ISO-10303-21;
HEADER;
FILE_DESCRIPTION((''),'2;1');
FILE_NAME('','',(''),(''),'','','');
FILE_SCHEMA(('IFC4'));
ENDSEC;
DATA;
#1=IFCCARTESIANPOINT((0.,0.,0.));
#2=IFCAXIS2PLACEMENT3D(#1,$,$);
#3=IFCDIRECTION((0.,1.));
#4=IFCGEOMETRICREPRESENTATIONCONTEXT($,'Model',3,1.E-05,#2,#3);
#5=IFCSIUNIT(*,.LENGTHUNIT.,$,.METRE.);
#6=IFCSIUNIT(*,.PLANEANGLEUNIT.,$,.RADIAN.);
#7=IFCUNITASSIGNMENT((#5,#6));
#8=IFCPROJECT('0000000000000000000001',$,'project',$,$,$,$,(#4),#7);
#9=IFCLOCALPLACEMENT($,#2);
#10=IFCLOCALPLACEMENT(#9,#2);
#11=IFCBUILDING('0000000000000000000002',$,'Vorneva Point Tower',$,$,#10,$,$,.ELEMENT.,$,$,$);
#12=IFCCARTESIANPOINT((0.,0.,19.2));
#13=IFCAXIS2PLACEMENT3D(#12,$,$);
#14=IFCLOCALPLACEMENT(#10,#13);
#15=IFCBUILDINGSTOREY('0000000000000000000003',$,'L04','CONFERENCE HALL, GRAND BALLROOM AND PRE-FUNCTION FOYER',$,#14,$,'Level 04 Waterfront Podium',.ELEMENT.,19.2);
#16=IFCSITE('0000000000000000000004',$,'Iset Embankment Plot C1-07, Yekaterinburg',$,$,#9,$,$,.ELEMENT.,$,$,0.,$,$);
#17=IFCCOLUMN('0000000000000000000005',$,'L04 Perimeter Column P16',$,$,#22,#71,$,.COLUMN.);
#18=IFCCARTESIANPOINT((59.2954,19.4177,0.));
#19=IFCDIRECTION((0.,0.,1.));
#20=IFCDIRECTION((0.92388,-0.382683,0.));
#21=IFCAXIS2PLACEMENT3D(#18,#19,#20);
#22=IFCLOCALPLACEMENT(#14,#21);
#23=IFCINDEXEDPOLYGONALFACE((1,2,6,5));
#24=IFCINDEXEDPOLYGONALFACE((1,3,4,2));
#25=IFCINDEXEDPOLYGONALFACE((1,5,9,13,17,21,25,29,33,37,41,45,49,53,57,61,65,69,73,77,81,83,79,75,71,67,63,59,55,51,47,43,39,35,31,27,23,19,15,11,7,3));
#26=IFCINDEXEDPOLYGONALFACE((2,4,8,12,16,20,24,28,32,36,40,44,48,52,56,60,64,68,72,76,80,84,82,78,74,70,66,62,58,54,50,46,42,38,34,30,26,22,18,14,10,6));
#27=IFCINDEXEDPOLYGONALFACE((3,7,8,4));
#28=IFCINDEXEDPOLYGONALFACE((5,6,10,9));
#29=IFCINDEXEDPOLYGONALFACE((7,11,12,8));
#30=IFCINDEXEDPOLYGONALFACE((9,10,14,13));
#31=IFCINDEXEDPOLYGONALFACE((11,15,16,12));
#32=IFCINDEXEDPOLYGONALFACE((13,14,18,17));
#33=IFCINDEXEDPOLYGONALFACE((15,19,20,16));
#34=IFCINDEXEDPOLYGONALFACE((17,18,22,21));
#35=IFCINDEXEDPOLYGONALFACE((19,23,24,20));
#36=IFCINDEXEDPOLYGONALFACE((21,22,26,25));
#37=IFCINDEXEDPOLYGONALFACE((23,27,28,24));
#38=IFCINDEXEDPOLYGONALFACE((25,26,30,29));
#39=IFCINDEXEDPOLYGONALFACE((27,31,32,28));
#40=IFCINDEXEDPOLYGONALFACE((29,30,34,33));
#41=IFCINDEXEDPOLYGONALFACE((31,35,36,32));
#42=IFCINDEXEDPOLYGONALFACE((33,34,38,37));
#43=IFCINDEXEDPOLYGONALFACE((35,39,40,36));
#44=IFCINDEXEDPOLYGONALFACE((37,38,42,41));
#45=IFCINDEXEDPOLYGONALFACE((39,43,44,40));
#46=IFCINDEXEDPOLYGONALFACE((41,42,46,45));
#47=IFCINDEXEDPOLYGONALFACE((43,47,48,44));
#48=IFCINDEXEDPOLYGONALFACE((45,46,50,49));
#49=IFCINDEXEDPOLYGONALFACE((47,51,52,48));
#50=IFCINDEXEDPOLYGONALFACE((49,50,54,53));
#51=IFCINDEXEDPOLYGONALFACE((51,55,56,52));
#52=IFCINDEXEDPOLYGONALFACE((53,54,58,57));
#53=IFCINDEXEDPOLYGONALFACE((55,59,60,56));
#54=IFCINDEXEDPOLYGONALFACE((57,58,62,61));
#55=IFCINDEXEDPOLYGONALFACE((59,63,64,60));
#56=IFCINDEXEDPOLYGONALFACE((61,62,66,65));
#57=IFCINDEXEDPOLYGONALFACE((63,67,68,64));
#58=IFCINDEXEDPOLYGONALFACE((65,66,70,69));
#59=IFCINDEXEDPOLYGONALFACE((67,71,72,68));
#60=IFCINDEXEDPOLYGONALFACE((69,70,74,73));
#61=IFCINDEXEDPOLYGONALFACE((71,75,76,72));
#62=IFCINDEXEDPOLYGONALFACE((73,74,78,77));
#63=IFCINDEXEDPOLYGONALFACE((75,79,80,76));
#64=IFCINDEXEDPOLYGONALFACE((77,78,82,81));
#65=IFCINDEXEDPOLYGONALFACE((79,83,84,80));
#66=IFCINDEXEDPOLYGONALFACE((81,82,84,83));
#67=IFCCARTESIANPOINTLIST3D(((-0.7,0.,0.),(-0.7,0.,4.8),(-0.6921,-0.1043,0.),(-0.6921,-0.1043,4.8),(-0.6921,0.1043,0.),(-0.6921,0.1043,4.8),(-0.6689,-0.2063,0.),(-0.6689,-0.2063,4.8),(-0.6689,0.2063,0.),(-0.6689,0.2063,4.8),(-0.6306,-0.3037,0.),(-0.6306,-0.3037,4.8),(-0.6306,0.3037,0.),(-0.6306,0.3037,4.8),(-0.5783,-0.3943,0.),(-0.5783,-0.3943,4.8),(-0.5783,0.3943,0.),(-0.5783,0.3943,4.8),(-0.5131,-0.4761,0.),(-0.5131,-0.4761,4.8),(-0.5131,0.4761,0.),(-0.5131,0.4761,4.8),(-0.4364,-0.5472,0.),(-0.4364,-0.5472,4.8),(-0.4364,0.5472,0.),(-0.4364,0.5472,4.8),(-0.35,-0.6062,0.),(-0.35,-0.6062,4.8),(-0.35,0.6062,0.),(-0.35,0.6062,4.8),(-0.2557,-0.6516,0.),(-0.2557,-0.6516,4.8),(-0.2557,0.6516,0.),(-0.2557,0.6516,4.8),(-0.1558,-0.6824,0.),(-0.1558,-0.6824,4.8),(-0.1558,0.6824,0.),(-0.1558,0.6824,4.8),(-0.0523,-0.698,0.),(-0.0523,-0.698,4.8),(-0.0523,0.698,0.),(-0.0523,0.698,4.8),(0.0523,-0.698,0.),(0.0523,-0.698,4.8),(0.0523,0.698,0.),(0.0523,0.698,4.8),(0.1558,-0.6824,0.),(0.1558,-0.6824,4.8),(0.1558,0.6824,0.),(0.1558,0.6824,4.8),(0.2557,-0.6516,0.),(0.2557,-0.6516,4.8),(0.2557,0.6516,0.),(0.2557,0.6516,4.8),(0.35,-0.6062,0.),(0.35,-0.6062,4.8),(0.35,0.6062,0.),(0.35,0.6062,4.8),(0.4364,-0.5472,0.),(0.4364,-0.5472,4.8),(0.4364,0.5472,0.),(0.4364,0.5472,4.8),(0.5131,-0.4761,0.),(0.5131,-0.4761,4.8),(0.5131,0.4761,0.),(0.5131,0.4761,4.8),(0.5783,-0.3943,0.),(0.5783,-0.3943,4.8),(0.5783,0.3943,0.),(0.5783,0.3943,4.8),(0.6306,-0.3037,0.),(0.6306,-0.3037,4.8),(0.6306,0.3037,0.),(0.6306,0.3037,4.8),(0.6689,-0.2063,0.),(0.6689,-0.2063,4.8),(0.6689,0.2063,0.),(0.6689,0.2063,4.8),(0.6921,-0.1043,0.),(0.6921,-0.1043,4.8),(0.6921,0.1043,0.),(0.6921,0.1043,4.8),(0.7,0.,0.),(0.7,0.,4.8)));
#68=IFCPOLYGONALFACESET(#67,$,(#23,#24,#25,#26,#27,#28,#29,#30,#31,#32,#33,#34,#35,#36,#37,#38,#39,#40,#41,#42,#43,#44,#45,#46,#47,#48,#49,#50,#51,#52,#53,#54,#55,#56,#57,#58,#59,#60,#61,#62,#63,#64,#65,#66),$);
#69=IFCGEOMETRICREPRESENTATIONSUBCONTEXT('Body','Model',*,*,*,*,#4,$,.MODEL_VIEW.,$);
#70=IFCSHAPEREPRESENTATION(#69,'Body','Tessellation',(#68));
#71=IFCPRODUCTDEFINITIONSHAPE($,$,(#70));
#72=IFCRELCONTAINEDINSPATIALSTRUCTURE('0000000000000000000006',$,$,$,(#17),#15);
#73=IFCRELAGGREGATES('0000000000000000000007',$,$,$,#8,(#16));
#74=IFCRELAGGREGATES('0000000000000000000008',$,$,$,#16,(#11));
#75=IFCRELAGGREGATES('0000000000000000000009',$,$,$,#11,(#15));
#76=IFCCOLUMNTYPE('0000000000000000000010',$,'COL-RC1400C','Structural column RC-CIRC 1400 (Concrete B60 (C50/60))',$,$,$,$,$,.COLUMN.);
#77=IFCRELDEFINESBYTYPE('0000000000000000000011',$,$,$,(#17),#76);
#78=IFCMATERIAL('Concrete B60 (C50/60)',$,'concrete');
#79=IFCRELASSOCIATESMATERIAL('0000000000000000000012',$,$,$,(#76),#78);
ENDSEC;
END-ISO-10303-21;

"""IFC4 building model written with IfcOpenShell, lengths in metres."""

from ifc_helpers import new_model, si_unit, direction, frame, origin, origin_2d, place, context, subcontext, project, spatial, circle, extrude, material, material_profile, profile_set, type_object, element, save


model = new_model("IFC4")

# Units and contexts
model_context = context("Model", 3, precision=1e-05, world=origin(), true_north=direction((0.0, 1.0)))
body_context = subcontext(model_context, "Body", "Model", "MODEL_VIEW")
ifc_project = project(units=[si_unit("LENGTHUNIT", "METRE"), si_unit("PLANEANGLEUNIT", "RADIAN")], contexts=[model_context])

# Site, building, storey
site_placement = place(None, origin())
site = spatial("IfcSite", under=ifc_project, at=site_placement, Name="Iset Embankment Plot C1-07, Yekaterinburg", CompositionType="ELEMENT", RefElevation=0.0)
building_placement = place(site_placement, origin())
building = spatial("IfcBuilding", under=site, at=building_placement, Name="Vorneva Point Tower", CompositionType="ELEMENT")
storey_placement = place(building_placement, frame((0.0, 0.0, 19.2)))
storey = spatial("IfcBuildingStorey", under=building, at=storey_placement, Name="L04", Description="CONFERENCE HALL, GRAND BALLROOM AND PRE-FUNCTION FOYER", LongName="Level 04 Waterfront Podium", CompositionType="ELEMENT", Elevation=19.2)

# Column
ifc_material_1 = material(Name="Concrete B60 (C50/60)", Category="concrete")
ifc_material_profile_1 = material_profile(ifc_material_1, circle(Radius=0.7, at=origin_2d()), Name="RC-CIRC 1400")
ifc_profile_set_1 = profile_set([ifc_material_profile_1], Name="Concrete B60 (C50/60)")
column_type = type_object("IfcColumnType", Name="COL-RC1400C", Description="Structural column RC-CIRC 1400 (Concrete B60 (C50/60))", PredefinedType="COLUMN", material=ifc_profile_set_1)
for number, where, z_axis, x_axis, name in (
    (1, (59.2954, 19.4177, 0.0), (0.0, 0.0, 1.0), (0.92388, -0.382683, 0.0), "L04 Perimeter Column P16"),
):
    element("IfcColumn", number, at=place(storey_placement, frame(where, z_axis=z_axis, x_axis=x_axis)), inside=storey, type_object=column_type, Name=name, PredefinedType="COLUMN", context=body_context, shape_type="SweptSolid", body=[
        extrude(circle(Radius=0.7, at=origin_2d()), origin(), (0.0, 0.0, 1.0), 4.8),
    ])

save(model, "model.ifc")
